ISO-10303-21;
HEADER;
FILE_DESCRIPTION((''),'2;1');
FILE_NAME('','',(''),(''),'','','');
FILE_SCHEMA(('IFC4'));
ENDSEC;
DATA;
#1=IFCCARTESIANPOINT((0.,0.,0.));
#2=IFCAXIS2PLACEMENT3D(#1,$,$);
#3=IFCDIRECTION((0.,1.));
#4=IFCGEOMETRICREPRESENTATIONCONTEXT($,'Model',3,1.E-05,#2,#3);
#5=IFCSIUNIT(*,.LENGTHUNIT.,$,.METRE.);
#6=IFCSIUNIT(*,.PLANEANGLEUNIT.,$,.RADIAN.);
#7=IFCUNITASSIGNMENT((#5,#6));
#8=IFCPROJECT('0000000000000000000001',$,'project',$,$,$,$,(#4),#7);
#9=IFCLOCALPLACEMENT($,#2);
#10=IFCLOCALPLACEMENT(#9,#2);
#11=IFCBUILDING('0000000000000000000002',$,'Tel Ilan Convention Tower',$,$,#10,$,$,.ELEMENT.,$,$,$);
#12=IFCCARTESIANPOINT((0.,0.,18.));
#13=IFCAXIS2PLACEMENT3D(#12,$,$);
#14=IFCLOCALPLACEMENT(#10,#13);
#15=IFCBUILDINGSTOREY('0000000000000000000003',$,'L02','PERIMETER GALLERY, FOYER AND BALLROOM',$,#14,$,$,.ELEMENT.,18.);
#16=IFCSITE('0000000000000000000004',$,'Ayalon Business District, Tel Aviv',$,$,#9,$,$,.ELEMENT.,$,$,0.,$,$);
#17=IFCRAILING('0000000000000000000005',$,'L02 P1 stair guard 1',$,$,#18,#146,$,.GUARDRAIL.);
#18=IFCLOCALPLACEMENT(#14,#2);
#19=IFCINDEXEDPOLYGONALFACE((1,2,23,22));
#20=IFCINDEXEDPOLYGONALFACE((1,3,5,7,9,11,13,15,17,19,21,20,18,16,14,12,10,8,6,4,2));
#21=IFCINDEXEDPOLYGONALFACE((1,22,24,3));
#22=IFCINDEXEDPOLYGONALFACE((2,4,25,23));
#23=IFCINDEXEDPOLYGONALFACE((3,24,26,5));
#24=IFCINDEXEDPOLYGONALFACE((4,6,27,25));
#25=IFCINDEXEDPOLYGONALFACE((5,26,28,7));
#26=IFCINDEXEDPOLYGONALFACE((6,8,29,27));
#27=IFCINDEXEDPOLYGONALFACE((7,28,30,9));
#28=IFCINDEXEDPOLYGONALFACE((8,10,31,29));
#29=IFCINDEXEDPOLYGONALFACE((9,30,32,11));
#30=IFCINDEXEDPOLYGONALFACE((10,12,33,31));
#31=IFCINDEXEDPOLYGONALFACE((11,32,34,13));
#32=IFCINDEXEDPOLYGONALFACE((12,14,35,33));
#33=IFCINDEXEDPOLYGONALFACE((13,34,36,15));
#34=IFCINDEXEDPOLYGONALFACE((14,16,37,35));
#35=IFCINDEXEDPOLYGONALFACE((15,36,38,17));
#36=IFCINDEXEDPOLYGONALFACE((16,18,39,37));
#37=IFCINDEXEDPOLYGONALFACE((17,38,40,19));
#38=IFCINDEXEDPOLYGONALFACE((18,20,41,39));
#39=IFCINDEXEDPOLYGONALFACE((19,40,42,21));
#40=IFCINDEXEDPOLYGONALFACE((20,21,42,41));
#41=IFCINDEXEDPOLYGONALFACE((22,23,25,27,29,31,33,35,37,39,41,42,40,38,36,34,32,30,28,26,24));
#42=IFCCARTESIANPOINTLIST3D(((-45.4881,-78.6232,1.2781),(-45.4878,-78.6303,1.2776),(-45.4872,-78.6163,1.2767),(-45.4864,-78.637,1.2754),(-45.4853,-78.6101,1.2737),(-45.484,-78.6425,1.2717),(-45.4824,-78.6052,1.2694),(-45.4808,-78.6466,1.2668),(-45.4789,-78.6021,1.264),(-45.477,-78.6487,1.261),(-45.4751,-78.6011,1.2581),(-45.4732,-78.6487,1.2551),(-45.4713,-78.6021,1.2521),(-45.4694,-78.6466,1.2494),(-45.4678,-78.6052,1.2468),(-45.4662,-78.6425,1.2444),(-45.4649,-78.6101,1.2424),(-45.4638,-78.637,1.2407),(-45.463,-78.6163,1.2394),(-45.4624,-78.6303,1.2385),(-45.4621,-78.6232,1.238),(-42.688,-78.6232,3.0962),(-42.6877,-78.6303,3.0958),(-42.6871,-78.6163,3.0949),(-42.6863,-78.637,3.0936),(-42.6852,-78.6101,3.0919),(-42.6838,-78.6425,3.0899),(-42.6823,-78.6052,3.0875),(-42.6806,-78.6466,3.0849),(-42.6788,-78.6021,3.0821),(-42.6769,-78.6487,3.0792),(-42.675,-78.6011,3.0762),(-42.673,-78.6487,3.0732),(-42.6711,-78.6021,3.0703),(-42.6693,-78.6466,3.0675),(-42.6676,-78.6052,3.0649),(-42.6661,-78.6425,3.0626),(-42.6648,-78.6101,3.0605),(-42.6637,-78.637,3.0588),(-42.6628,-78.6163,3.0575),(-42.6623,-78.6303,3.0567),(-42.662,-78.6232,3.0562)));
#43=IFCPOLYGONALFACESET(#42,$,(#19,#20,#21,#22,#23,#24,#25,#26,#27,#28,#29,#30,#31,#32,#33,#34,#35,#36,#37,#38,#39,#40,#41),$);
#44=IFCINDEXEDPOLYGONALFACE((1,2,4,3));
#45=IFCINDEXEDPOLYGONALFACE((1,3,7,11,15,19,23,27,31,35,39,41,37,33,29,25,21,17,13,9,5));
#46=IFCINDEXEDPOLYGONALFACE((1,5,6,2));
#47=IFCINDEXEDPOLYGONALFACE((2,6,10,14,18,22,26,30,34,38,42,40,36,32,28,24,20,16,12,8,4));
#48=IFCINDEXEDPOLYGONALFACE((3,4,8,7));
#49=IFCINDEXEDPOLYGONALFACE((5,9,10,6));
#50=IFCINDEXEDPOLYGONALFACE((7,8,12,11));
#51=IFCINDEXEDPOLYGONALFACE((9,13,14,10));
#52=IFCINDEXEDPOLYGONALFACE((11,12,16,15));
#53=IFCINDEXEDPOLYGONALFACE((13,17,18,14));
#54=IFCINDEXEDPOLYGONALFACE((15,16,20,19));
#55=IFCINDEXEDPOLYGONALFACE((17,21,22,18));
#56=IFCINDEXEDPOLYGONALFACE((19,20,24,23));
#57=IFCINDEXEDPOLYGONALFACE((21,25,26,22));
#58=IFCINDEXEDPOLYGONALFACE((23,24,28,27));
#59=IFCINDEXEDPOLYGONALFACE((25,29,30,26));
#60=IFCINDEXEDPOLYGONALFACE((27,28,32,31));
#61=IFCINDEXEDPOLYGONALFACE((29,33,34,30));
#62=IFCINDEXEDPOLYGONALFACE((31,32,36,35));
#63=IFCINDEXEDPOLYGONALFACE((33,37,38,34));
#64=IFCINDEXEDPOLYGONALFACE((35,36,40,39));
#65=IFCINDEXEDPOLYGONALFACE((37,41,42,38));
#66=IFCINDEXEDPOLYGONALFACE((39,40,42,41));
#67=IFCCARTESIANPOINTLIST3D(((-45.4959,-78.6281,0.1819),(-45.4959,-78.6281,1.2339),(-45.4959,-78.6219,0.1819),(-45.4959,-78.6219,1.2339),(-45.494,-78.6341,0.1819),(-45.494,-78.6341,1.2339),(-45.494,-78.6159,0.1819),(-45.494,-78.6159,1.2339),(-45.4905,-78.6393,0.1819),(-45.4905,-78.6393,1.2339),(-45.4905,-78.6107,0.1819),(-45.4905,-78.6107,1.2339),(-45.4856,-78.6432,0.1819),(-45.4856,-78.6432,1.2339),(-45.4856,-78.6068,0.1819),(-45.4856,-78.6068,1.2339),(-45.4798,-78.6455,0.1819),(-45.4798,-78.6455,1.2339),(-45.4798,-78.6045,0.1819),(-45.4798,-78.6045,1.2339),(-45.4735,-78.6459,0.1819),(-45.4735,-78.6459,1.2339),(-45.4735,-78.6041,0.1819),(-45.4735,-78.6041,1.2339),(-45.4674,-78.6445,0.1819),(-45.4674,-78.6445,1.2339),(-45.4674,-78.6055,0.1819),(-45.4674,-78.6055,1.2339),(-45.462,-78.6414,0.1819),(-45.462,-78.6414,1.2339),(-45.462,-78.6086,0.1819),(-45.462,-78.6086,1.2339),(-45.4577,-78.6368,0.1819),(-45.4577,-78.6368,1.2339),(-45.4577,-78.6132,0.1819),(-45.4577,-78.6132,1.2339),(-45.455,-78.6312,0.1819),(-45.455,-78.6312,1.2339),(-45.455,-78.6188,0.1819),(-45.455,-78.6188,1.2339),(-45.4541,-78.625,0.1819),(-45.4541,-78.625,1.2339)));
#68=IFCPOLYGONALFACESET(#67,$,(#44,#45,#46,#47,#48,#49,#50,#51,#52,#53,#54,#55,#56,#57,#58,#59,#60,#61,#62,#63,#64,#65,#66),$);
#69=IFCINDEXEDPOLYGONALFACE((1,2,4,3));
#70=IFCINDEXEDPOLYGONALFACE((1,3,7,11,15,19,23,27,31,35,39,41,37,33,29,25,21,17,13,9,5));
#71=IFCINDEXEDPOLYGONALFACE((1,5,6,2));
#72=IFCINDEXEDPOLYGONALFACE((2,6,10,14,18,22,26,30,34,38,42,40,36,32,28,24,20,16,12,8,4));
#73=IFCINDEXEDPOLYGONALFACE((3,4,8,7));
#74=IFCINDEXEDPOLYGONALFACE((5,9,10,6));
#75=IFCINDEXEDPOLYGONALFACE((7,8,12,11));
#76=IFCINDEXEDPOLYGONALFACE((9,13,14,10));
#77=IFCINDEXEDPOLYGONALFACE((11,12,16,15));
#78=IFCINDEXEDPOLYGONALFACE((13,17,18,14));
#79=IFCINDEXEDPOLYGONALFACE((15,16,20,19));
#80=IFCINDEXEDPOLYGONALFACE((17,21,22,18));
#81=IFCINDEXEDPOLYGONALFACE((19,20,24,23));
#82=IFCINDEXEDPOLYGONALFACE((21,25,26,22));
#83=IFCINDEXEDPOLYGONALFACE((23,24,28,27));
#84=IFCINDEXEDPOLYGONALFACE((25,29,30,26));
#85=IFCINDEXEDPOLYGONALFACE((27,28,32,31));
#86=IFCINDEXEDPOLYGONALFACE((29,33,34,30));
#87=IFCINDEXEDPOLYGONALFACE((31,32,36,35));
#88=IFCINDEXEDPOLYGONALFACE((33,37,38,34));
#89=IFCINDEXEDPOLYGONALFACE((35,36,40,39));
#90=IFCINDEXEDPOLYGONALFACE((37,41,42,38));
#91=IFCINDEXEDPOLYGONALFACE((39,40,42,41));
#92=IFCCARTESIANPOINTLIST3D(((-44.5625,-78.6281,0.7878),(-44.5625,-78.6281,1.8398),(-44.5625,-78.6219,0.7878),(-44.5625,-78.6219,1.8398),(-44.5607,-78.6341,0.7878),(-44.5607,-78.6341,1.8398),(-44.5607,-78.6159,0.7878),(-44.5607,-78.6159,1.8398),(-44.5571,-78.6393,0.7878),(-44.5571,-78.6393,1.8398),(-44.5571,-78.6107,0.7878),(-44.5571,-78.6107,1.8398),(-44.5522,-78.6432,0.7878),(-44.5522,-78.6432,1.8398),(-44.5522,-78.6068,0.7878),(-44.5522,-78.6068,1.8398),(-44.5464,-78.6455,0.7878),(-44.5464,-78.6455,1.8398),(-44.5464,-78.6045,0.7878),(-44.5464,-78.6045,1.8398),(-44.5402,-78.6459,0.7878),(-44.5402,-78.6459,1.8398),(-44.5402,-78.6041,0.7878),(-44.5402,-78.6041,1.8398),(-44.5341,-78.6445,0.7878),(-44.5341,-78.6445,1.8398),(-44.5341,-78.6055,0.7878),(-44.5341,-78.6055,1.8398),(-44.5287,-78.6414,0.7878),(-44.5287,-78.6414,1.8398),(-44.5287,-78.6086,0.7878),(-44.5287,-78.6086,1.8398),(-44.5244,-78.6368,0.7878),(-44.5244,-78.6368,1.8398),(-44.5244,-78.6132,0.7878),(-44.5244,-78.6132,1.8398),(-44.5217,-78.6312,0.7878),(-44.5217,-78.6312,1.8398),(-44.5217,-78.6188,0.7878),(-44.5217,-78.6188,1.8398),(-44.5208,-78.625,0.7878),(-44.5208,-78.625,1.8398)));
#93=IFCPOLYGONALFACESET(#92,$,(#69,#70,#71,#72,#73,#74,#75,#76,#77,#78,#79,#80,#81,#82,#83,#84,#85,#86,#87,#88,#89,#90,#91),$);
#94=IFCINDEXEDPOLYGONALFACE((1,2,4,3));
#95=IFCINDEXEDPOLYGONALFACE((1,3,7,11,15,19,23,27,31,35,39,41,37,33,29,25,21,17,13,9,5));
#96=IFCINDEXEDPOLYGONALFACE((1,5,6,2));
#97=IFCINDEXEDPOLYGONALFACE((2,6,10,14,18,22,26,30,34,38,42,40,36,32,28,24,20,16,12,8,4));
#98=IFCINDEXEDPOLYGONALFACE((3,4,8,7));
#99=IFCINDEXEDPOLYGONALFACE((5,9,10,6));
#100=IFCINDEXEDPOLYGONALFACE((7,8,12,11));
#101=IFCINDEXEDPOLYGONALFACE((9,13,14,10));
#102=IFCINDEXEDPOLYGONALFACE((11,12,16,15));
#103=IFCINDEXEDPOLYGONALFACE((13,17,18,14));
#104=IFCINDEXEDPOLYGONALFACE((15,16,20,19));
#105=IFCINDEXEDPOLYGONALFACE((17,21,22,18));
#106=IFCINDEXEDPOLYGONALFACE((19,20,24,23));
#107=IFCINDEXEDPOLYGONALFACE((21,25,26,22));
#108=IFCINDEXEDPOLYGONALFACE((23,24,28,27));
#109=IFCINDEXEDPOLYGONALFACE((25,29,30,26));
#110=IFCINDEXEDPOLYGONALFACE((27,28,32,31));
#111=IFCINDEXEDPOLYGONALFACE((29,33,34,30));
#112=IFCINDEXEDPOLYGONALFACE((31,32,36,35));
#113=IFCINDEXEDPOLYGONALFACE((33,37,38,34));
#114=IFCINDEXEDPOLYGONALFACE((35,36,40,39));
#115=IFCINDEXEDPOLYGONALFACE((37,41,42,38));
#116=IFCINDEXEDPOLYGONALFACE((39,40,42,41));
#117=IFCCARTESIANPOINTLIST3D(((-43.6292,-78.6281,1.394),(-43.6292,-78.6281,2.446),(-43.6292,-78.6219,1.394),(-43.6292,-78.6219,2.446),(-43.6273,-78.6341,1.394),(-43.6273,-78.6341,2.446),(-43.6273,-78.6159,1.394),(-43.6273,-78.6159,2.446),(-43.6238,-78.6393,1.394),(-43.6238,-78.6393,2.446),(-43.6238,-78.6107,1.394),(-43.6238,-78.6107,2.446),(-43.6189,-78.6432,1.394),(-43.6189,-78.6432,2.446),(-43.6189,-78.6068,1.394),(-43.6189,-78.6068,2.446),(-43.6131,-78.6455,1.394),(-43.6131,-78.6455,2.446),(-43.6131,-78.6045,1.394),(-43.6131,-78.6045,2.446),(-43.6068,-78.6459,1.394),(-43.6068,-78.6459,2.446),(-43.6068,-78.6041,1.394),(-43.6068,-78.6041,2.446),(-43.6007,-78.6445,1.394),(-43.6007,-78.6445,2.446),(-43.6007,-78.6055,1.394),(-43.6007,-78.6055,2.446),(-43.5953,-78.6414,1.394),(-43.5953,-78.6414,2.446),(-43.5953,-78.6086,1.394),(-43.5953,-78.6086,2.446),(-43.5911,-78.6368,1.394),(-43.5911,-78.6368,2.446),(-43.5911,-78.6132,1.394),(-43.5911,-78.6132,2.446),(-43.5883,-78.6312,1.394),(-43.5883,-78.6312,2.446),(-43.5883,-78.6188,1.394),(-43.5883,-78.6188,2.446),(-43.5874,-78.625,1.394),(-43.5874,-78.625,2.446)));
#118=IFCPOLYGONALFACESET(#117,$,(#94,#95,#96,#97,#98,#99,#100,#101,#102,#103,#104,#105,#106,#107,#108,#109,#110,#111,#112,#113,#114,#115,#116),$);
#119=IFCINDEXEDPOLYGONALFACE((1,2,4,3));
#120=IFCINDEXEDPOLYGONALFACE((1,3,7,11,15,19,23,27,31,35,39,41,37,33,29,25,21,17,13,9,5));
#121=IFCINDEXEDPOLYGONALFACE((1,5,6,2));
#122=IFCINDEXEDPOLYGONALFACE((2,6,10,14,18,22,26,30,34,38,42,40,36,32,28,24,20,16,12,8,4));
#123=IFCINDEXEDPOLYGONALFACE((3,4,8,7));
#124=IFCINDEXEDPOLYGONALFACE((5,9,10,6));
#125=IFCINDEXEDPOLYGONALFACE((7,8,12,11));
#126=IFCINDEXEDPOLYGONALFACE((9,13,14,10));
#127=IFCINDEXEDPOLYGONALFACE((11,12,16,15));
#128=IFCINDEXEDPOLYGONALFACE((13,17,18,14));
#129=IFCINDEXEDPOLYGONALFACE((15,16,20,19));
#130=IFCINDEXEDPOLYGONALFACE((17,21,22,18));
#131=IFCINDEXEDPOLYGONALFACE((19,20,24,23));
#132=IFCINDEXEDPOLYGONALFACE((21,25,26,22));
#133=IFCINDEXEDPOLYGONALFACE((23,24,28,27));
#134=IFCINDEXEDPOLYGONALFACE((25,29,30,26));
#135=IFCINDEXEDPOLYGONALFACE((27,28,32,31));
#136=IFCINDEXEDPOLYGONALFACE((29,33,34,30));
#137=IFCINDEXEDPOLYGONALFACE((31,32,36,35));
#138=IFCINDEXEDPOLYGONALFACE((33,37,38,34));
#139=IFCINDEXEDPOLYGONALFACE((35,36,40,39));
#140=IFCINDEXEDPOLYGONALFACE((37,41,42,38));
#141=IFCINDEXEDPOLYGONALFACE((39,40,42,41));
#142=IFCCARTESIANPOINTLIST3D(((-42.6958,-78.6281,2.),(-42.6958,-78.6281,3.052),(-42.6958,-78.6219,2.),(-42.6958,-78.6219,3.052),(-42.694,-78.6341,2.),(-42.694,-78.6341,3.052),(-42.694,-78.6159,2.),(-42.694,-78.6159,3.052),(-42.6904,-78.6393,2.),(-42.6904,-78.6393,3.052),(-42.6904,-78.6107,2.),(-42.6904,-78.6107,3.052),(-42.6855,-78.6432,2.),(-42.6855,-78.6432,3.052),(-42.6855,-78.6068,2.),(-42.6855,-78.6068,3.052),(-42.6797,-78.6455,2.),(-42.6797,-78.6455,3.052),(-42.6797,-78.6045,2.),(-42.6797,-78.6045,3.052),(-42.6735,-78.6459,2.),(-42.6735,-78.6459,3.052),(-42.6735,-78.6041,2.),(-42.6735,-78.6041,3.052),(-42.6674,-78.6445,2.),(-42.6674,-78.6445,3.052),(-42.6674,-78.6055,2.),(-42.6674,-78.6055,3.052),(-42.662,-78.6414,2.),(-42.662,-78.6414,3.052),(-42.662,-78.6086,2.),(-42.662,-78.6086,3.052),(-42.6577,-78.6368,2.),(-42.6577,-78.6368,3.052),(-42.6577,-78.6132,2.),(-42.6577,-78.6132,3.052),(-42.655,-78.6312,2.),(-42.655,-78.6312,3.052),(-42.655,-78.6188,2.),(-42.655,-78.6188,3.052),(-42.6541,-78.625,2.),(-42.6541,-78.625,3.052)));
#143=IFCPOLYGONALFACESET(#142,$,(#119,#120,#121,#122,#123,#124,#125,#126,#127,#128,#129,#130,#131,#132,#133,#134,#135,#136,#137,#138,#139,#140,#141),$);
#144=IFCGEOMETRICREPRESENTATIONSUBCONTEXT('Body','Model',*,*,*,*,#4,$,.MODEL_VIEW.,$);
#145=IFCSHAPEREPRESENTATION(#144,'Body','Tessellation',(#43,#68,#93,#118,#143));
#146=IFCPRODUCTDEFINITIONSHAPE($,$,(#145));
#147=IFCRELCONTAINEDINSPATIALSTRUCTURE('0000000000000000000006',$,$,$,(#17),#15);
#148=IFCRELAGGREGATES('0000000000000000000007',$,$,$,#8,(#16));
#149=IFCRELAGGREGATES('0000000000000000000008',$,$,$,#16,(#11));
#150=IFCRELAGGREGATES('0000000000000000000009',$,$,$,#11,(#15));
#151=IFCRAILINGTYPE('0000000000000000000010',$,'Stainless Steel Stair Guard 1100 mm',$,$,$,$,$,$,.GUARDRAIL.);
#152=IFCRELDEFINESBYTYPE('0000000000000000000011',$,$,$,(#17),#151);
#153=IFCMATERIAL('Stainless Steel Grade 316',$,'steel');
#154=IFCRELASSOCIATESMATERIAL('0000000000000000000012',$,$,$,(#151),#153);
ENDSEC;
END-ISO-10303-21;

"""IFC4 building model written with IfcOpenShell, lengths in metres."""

from ifc_helpers import new_model, si_unit, direction, frame, origin, origin_2d, place, context, subcontext, project, spatial, circle, extrude, material, type_object, element, save


model = new_model("IFC4")

# Units and contexts
model_context = context("Model", 3, precision=1e-05, world=origin(), true_north=direction((0.0, 1.0)))
body_context = subcontext(model_context, "Body", "Model", "MODEL_VIEW")
ifc_project = project(units=[si_unit("LENGTHUNIT", "METRE"), si_unit("PLANEANGLEUNIT", "RADIAN")], contexts=[model_context])

# Site, building, storey
site_placement = place(None, origin())
site = spatial("IfcSite", under=ifc_project, at=site_placement, Name="Ayalon Business District, Tel Aviv", CompositionType="ELEMENT", RefElevation=0.0)
building_placement = place(site_placement, origin())
building = spatial("IfcBuilding", under=site, at=building_placement, Name="Tel Ilan Convention Tower", CompositionType="ELEMENT")
storey_placement = place(building_placement, frame((0.0, 0.0, 18.0)))
storey = spatial("IfcBuildingStorey", under=building, at=storey_placement, Name="L02", Description="PERIMETER GALLERY, FOYER AND BALLROOM", CompositionType="ELEMENT", Elevation=18.0)

# Railing
ifc_material_1 = material(Name="Stainless Steel Grade 316", Category="steel")
railing_type_1 = type_object("IfcRailingType", Name="Stainless Steel Stair Guard 1100 mm", PredefinedType="GUARDRAIL", material=ifc_material_1)
for number, where, name in (
    (1, (-45.4751, -78.625, 0.1819), "L02 P1 stair guard 1"),
):
    element("IfcRailing", number, at=place(storey_placement, frame(where)), inside=storey, type_object=railing_type_1, Name=name, PredefinedType="GUARDRAIL", context=body_context, shape_type="SweptSolid", body=[
        extrude(circle(Radius=0.0239, at=origin_2d()), frame((0.0, 0.0, 1.0762), z_axis=(0.838706, 0.0, 0.544585), x_axis=(0.0, 1.0, 0.0)), (0.0, 0.0, 1.0), 3.3386),
        extrude(circle(Radius=0.021, at=origin_2d()), origin(), (0.0, 0.0, 1.0), 1.052),
        extrude(circle(Radius=0.021, at=origin_2d()), frame((0.9333, 0.0, 0.606)), (0.0, 0.0, 1.0), 1.052),
        extrude(circle(Radius=0.021, at=origin_2d()), frame((1.8667, 0.0, 1.2122)), (0.0, 0.0, 1.0), 1.052),
        extrude(circle(Radius=0.021, at=origin_2d()), frame((2.8, 0.0, 1.8181)), (0.0, 0.0, 1.0), 1.052),
    ])

save(model, "model.ifc")
